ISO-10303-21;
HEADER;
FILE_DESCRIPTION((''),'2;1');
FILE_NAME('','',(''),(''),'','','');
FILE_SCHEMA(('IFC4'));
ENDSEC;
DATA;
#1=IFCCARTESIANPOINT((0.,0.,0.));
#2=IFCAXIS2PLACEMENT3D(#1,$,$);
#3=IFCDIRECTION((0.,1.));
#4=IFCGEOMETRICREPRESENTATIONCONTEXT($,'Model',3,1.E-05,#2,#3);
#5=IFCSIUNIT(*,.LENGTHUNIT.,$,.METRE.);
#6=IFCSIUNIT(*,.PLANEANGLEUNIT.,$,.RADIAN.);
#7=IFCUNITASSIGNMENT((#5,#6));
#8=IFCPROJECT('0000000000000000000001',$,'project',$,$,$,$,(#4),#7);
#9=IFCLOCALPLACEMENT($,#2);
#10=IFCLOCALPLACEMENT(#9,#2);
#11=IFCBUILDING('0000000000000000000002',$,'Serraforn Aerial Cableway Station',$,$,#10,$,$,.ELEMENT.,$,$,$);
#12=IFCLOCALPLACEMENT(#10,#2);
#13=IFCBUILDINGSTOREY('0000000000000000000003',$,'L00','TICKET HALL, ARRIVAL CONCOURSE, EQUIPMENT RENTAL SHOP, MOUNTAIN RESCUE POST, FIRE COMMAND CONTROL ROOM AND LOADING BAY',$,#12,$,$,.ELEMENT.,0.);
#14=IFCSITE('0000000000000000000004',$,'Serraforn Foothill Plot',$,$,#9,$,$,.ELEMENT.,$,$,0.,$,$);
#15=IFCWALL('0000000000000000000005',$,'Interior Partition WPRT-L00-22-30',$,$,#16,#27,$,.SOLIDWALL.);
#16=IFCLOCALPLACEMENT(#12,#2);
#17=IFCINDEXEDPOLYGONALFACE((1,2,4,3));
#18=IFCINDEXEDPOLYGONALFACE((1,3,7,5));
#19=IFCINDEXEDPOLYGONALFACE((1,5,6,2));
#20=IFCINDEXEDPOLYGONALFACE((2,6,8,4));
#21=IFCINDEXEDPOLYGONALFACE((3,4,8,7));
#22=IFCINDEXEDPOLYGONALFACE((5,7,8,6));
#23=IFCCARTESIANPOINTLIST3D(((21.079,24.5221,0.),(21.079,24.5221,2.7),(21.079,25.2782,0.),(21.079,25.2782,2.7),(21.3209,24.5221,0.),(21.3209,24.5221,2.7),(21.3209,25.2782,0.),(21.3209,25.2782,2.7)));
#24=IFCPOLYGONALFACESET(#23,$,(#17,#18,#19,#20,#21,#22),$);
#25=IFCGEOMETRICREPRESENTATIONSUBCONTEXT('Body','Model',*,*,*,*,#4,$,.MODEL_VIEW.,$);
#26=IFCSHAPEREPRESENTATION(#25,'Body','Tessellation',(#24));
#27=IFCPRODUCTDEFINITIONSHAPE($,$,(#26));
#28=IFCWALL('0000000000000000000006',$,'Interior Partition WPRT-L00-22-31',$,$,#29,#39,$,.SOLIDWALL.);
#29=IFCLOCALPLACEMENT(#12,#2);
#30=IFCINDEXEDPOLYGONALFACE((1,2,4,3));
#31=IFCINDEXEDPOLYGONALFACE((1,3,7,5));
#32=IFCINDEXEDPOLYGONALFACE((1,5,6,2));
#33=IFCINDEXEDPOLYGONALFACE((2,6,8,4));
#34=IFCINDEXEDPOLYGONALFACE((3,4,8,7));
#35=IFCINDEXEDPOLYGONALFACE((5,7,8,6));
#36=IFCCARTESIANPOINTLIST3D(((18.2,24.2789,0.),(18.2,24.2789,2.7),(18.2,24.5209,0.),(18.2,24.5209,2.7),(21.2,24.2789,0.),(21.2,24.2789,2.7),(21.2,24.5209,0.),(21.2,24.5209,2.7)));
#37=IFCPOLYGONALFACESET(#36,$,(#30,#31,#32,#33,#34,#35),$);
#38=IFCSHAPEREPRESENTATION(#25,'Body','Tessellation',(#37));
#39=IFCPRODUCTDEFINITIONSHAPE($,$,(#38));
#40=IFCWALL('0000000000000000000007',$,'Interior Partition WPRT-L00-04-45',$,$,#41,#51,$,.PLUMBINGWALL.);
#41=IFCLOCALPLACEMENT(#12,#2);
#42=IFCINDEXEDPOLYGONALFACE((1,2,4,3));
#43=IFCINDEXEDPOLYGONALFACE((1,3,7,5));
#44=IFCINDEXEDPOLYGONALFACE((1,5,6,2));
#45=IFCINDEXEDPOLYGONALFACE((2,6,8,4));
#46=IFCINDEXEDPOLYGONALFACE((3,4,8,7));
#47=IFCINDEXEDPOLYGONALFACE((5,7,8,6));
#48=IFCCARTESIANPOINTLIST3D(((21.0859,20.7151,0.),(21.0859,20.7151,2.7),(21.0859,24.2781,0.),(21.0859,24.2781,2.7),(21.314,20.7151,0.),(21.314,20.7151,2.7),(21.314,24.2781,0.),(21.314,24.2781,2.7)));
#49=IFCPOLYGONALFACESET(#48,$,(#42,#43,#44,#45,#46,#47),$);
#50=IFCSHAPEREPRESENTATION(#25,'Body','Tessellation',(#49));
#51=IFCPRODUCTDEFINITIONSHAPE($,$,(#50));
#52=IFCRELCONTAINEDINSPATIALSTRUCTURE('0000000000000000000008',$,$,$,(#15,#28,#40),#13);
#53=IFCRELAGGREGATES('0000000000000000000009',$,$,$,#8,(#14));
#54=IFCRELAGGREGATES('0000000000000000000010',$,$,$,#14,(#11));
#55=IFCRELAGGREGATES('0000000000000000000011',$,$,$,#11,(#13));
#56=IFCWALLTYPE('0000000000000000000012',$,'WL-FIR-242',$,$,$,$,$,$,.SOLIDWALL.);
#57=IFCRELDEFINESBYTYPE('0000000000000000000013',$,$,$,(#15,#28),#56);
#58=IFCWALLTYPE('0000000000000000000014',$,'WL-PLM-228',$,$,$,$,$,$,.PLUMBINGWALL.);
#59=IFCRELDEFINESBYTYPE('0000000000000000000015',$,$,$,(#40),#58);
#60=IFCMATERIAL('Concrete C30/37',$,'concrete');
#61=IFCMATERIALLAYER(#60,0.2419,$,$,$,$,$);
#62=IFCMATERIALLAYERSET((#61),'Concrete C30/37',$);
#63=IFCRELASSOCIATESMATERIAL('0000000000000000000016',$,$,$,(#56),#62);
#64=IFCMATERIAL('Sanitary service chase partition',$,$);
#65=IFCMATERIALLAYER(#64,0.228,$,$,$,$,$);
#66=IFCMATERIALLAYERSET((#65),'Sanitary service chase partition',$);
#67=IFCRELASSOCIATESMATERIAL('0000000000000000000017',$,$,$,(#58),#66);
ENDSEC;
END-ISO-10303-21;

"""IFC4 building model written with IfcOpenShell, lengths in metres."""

from ifc_helpers import new_model, si_unit, direction, frame, frame_2d, origin, place, context, subcontext, project, spatial, rectangle, extrude, material, layer, layer_set, type_object, element, save


model = new_model("IFC4")

# Units and contexts
model_context = context("Model", 3, precision=1e-05, world=origin(), true_north=direction((0.0, 1.0)))
body_context = subcontext(model_context, "Body", "Model", "MODEL_VIEW")
ifc_project = project(units=[si_unit("LENGTHUNIT", "METRE"), si_unit("PLANEANGLEUNIT", "RADIAN")], contexts=[model_context])

# Site, building, storey
site_placement = place(None, origin())
site = spatial("IfcSite", under=ifc_project, at=site_placement, Name="Serraforn Foothill Plot", CompositionType="ELEMENT", RefElevation=0.0)
building_placement = place(site_placement, origin())
building = spatial("IfcBuilding", under=site, at=building_placement, Name="Serraforn Aerial Cableway Station", CompositionType="ELEMENT")
storey_placement = place(building_placement, origin())
storey = spatial("IfcBuildingStorey", under=building, at=storey_placement, Name="L00", Description="TICKET HALL, ARRIVAL CONCOURSE, EQUIPMENT RENTAL SHOP, MOUNTAIN RESCUE POST, FIRE COMMAND CONTROL ROOM AND LOADING BAY", CompositionType="ELEMENT", Elevation=0.0)

# Shared definitions
ifc_material_1 = material(Name="Concrete C30/37", Category="concrete")
ifc_layer_1 = layer(ifc_material_1, 0.2419)
ifc_layer_set_1 = layer_set([ifc_layer_1], Name="Concrete C30/37")
wall_type_1 = type_object("IfcWallType", Name="WL-FIR-242", PredefinedType="SOLIDWALL", material=ifc_layer_set_1)

# Walls
wall_1_placement = place(storey_placement, frame((21.2, 25.2781, 0.0), z_axis=(0.0, 0.0, 1.0), x_axis=(0.0, -1.0, 0.0)))
element("IfcWall", 1, at=wall_1_placement, inside=storey, type_object=wall_type_1, Name="Interior Partition WPRT-L00-22-30", PredefinedType="SOLIDWALL", context=body_context, shape_type="SweptSolid", body=[
    extrude(rectangle(XDim=0.7561, YDim=0.2419, at=frame_2d((0.3779, 0.0))), origin(), (0.0, 0.0, 1.0), 2.7),
])
wall_2_placement = place(storey_placement, frame((21.2, 24.3999, 0.0), z_axis=(0.0, 0.0, 1.0), x_axis=(-1.0, 0.0, 0.0)))
element("IfcWall", 2, at=wall_2_placement, inside=storey, type_object=wall_type_1, Name="Interior Partition WPRT-L00-22-31", PredefinedType="SOLIDWALL", context=body_context, shape_type="SweptSolid", body=[
    extrude(rectangle(XDim=3.0, YDim=0.2419, at=frame_2d((1.5, 0.0))), origin(), (0.0, 0.0, 1.0), 2.7),
])
ifc_material_2 = material(Name="Sanitary service chase partition")
ifc_layer_2 = layer(ifc_material_2, 0.228)
ifc_layer_set_2 = layer_set([ifc_layer_2], Name="Sanitary service chase partition")
wall_type_2 = type_object("IfcWallType", Name="WL-PLM-228", PredefinedType="PLUMBINGWALL", material=ifc_layer_set_2)
wall_3_placement = place(storey_placement, frame((21.2, 24.2781, 0.0), z_axis=(0.0, 0.0, 1.0), x_axis=(0.0, -1.0, 0.0)))
element("IfcWall", 3, at=wall_3_placement, inside=storey, type_object=wall_type_2, Name="Interior Partition WPRT-L00-04-45", PredefinedType="PLUMBINGWALL", context=body_context, shape_type="SweptSolid", body=[
    extrude(rectangle(XDim=3.563, YDim=0.228, at=frame_2d((1.7815, 0.0))), origin(), (0.0, 0.0, 1.0), 2.7),
])

save(model, "model.ifc")
